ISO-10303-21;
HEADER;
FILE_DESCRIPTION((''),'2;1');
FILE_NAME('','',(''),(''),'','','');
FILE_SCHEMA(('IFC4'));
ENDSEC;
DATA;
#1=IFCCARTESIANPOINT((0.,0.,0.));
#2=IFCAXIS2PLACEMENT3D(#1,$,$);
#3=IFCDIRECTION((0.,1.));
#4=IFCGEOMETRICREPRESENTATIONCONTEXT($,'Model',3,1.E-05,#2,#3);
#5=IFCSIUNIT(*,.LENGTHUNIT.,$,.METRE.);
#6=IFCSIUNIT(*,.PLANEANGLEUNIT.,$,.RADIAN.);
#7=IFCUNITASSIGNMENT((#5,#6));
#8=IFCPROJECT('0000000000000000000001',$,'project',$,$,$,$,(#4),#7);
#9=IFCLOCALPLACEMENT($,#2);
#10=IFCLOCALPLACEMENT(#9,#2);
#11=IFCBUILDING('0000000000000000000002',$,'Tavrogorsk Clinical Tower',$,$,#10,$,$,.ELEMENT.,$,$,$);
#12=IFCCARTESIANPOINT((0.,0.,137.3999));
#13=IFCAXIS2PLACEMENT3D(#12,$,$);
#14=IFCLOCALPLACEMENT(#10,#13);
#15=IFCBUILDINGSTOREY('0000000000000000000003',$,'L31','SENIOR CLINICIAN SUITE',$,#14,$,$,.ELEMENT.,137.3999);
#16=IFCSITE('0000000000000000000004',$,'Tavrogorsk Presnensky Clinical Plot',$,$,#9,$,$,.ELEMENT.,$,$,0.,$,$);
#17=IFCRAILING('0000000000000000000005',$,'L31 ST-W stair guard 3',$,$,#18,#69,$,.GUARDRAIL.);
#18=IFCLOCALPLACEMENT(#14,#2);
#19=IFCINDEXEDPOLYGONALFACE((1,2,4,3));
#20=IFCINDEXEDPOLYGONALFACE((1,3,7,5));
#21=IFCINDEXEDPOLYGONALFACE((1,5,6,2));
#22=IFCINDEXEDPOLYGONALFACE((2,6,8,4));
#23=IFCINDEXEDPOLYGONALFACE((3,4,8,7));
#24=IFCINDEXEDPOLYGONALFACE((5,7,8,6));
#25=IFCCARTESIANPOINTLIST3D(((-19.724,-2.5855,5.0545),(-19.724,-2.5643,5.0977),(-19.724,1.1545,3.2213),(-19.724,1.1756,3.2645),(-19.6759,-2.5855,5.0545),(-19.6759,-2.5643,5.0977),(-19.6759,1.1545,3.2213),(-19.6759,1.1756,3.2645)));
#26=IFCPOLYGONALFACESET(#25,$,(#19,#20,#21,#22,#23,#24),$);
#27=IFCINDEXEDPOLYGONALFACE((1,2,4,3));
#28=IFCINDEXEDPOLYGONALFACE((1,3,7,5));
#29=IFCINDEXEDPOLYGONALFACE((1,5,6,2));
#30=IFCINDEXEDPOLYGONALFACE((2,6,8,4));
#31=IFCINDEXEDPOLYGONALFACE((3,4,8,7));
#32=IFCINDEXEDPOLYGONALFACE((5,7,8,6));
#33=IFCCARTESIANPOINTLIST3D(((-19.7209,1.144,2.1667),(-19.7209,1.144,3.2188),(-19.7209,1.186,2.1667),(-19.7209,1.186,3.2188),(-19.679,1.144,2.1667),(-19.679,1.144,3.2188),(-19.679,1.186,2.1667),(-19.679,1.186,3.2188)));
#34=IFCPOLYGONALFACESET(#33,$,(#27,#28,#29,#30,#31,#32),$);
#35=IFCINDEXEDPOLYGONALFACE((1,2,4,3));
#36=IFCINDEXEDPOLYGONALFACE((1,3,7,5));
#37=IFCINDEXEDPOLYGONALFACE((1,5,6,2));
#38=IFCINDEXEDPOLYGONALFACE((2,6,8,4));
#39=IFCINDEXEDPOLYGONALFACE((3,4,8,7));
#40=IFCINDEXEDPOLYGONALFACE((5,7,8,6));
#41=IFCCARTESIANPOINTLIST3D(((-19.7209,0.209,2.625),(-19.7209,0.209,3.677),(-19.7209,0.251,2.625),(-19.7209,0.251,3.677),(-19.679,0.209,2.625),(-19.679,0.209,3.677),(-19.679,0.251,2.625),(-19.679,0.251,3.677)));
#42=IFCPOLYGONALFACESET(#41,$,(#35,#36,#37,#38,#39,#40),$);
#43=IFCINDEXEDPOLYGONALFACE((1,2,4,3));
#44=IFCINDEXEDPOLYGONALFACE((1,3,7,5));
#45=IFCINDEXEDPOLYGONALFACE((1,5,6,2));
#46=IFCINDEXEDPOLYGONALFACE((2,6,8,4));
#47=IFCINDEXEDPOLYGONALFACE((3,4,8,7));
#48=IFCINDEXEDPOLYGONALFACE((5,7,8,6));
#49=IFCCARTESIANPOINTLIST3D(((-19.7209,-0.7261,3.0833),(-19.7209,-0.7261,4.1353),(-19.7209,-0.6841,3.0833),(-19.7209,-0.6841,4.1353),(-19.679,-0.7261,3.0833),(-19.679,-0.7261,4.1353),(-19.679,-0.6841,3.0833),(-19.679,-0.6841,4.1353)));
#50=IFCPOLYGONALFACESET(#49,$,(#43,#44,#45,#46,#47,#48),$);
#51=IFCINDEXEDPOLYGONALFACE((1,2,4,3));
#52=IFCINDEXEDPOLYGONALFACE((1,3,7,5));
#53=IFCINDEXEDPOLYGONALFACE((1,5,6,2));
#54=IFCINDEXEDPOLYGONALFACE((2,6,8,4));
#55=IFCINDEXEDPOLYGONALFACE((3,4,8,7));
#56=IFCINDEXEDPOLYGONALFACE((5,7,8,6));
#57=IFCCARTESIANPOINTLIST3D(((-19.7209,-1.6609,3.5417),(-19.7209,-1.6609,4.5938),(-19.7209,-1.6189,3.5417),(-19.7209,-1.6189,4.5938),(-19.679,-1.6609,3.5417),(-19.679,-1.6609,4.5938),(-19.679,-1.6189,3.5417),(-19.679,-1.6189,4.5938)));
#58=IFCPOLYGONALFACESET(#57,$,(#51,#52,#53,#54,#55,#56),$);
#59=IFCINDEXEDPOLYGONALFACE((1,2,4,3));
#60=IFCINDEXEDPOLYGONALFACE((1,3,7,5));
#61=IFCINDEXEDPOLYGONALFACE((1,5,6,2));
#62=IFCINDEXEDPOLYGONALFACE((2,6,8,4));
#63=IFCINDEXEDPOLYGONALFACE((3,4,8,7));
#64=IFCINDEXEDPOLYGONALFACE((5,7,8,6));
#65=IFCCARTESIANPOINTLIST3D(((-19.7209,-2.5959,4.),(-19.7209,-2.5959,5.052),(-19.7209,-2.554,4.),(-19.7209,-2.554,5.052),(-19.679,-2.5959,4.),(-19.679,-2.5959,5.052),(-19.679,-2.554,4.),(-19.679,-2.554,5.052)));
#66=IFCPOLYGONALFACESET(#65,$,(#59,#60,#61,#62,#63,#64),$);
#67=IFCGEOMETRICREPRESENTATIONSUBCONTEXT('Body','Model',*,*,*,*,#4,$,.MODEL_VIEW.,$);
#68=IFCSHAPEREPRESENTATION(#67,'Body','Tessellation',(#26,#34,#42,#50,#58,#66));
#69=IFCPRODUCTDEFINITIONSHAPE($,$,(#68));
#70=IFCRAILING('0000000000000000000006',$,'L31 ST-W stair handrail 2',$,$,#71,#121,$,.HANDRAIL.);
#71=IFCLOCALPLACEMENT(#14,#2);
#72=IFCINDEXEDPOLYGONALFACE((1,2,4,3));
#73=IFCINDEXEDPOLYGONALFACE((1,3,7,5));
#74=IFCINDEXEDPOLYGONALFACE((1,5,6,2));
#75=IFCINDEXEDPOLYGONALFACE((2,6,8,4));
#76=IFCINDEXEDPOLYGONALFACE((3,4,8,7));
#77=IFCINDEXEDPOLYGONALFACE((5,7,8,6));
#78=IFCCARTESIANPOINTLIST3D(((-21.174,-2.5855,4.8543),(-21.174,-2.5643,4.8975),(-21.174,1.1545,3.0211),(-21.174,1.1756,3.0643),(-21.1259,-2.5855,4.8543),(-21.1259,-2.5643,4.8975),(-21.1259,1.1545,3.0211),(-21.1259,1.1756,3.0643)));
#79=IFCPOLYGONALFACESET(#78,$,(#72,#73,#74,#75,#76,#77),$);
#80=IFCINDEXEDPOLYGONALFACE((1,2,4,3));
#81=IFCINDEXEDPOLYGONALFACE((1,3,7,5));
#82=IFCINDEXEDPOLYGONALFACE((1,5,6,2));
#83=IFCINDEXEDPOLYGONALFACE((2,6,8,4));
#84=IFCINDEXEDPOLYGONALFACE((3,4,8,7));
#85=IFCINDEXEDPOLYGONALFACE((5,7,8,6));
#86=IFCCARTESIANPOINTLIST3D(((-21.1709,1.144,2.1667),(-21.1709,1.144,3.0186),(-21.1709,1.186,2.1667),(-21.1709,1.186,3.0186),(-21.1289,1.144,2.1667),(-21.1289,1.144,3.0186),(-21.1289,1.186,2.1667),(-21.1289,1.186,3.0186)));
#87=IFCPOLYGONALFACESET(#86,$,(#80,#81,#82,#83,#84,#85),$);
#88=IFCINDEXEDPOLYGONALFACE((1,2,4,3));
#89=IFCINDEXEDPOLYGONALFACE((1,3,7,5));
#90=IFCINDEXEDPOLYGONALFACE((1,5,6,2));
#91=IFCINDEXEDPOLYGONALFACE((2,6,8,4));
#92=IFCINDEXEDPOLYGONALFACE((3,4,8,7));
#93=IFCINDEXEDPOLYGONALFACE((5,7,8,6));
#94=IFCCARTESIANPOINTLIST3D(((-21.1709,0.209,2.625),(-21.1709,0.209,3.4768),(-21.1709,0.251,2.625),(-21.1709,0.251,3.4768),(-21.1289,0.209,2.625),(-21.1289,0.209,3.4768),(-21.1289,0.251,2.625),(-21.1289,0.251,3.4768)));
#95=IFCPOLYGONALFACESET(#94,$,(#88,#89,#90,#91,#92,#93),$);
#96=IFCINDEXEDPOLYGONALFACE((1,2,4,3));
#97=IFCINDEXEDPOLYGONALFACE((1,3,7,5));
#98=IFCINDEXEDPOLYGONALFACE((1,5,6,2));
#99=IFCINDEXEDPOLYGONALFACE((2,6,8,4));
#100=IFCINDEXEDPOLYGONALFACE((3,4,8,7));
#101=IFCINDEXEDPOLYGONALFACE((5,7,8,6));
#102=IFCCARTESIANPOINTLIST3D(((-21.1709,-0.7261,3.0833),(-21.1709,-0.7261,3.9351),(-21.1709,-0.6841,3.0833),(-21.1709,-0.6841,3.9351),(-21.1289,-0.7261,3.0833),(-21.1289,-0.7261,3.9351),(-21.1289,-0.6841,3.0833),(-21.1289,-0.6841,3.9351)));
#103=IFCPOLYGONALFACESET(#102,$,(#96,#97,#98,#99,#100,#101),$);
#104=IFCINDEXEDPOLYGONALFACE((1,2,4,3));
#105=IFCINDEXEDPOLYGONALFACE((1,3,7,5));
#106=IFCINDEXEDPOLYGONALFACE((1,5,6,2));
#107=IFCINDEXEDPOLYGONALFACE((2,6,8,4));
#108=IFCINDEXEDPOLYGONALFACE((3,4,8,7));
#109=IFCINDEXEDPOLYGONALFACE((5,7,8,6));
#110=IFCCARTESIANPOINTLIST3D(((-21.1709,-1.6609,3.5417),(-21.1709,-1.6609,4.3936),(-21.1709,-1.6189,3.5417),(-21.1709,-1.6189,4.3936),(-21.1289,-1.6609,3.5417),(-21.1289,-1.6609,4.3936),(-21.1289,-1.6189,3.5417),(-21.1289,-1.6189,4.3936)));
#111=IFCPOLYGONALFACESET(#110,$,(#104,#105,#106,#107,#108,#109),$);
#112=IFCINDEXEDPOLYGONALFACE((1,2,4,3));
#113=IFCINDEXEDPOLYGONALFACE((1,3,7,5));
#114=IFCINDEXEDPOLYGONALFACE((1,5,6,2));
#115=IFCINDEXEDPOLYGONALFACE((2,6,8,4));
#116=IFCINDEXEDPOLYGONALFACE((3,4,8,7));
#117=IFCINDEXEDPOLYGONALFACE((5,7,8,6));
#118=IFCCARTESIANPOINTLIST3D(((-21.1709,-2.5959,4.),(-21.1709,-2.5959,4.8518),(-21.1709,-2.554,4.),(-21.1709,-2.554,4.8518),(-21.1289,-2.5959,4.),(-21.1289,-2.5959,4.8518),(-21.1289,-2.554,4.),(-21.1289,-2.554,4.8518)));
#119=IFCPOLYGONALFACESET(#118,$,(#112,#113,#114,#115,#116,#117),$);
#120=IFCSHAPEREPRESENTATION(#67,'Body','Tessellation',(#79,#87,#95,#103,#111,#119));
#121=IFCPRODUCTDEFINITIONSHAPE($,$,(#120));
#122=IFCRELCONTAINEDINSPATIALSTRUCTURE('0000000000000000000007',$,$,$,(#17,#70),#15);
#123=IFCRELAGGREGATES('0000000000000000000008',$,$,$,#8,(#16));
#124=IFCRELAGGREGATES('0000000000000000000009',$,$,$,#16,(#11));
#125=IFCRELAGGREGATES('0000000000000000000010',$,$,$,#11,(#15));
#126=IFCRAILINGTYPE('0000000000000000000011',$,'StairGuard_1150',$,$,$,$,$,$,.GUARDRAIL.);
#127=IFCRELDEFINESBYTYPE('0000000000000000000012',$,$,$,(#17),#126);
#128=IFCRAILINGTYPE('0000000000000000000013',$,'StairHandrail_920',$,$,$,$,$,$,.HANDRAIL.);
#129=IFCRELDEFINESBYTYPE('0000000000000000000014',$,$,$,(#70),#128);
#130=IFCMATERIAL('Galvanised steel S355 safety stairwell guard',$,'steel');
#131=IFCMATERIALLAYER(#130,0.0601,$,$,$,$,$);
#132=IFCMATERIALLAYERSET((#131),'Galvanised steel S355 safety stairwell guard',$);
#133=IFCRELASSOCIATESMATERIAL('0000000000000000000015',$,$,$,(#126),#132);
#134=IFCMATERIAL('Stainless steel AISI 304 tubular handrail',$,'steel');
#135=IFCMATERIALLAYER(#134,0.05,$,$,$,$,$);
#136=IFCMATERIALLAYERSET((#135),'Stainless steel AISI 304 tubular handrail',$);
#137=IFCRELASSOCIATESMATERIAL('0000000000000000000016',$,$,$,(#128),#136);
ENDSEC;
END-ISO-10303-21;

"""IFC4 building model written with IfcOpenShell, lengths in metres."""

from ifc_helpers import new_model, si_unit, direction, frame, origin, origin_2d, place, context, subcontext, project, spatial, rectangle, extrude, material, layer, layer_set, type_object, element, save


model = new_model("IFC4")

# Units and contexts
model_context = context("Model", 3, precision=1e-05, world=origin(), true_north=direction((0.0, 1.0)))
body_context = subcontext(model_context, "Body", "Model", "MODEL_VIEW")
ifc_project = project(units=[si_unit("LENGTHUNIT", "METRE"), si_unit("PLANEANGLEUNIT", "RADIAN")], contexts=[model_context])

# Site, building, storey
site_placement = place(None, origin())
site = spatial("IfcSite", under=ifc_project, at=site_placement, Name="Tavrogorsk Presnensky Clinical Plot", CompositionType="ELEMENT", RefElevation=0.0)
building_placement = place(site_placement, origin())
building = spatial("IfcBuilding", under=site, at=building_placement, Name="Tavrogorsk Clinical Tower", CompositionType="ELEMENT")
storey_placement = place(building_placement, frame((0.0, 0.0, 137.3999)))
storey = spatial("IfcBuildingStorey", under=building, at=storey_placement, Name="L31", Description="SENIOR CLINICIAN SUITE", CompositionType="ELEMENT", Elevation=137.3999)

# Railings
ifc_material_1 = material(Name="Galvanised steel S355 safety stairwell guard", Category="steel")
ifc_layer_1 = layer(ifc_material_1, 0.0601)
ifc_layer_set_1 = layer_set([ifc_layer_1], Name="Galvanised steel S355 safety stairwell guard")
railing_type_1 = type_object("IfcRailingType", Name="StairGuard_1150", PredefinedType="GUARDRAIL", material=ifc_layer_set_1)
railing_1_placement = place(storey_placement, frame((-19.7, 1.165, 2.1667)))
element("IfcRailing", 1, at=railing_1_placement, inside=storey, type_object=railing_type_1, Name="L31 ST-W stair guard 3", PredefinedType="GUARDRAIL", context=body_context, shape_type="SweptSolid", body=[
    extrude(rectangle(XDim=0.0481, YDim=0.0481, at=origin_2d()), frame((0.0, 0.0, 1.0762), z_axis=(0.0, -0.897928, 0.440142), x_axis=(1.0, 0.0, 0.0)), (0.0, 0.0, 1.0), 4.165),
    extrude(rectangle(XDim=0.042, YDim=0.042, at=origin_2d()), origin(), (0.0, 0.0, 1.0), 1.052),
    extrude(rectangle(XDim=0.042, YDim=0.042, at=origin_2d()), frame((0.0, -0.9351, 0.4583)), (0.0, 0.0, 1.0), 1.052),
    extrude(rectangle(XDim=0.042, YDim=0.042, at=origin_2d()), frame((0.0, -1.8701, 0.9165)), (0.0, 0.0, 1.0), 1.052),
    extrude(rectangle(XDim=0.042, YDim=0.042, at=origin_2d()), frame((0.0, -2.8049, 1.375)), (0.0, 0.0, 1.0), 1.052),
    extrude(rectangle(XDim=0.042, YDim=0.042, at=origin_2d()), frame((0.0, -3.74, 1.8333)), (0.0, 0.0, 1.0), 1.052),
])
ifc_material_2 = material(Name="Stainless steel AISI 304 tubular handrail", Category="steel")
ifc_layer_2 = layer(ifc_material_2, 0.05)
ifc_layer_set_2 = layer_set([ifc_layer_2], Name="Stainless steel AISI 304 tubular handrail")
railing_type_2 = type_object("IfcRailingType", Name="StairHandrail_920", PredefinedType="HANDRAIL", material=ifc_layer_set_2)
railing_2_placement = place(storey_placement, frame((-21.1499, 1.165, 2.1667)))
element("IfcRailing", 2, at=railing_2_placement, inside=storey, type_object=railing_type_2, Name="L31 ST-W stair handrail 2", PredefinedType="HANDRAIL", context=body_context, shape_type="SweptSolid", body=[
    extrude(rectangle(XDim=0.0481, YDim=0.0481, at=origin_2d()), frame((0.0, 0.0, 0.876), z_axis=(0.0, -0.897928, 0.440142), x_axis=(1.0, 0.0, 0.0)), (0.0, 0.0, 1.0), 4.165),
    extrude(rectangle(XDim=0.042, YDim=0.042, at=origin_2d()), origin(), (0.0, 0.0, 1.0), 0.8518),
    extrude(rectangle(XDim=0.042, YDim=0.042, at=origin_2d()), frame((0.0, -0.9351, 0.4583)), (0.0, 0.0, 1.0), 0.8518),
    extrude(rectangle(XDim=0.042, YDim=0.042, at=origin_2d()), frame((0.0, -1.8701, 0.9165)), (0.0, 0.0, 1.0), 0.8518),
    extrude(rectangle(XDim=0.042, YDim=0.042, at=origin_2d()), frame((0.0, -2.8049, 1.375)), (0.0, 0.0, 1.0), 0.8518),
    extrude(rectangle(XDim=0.042, YDim=0.042, at=origin_2d()), frame((0.0, -3.74, 1.8333)), (0.0, 0.0, 1.0), 0.8518),
])

save(model, "model.ifc")
